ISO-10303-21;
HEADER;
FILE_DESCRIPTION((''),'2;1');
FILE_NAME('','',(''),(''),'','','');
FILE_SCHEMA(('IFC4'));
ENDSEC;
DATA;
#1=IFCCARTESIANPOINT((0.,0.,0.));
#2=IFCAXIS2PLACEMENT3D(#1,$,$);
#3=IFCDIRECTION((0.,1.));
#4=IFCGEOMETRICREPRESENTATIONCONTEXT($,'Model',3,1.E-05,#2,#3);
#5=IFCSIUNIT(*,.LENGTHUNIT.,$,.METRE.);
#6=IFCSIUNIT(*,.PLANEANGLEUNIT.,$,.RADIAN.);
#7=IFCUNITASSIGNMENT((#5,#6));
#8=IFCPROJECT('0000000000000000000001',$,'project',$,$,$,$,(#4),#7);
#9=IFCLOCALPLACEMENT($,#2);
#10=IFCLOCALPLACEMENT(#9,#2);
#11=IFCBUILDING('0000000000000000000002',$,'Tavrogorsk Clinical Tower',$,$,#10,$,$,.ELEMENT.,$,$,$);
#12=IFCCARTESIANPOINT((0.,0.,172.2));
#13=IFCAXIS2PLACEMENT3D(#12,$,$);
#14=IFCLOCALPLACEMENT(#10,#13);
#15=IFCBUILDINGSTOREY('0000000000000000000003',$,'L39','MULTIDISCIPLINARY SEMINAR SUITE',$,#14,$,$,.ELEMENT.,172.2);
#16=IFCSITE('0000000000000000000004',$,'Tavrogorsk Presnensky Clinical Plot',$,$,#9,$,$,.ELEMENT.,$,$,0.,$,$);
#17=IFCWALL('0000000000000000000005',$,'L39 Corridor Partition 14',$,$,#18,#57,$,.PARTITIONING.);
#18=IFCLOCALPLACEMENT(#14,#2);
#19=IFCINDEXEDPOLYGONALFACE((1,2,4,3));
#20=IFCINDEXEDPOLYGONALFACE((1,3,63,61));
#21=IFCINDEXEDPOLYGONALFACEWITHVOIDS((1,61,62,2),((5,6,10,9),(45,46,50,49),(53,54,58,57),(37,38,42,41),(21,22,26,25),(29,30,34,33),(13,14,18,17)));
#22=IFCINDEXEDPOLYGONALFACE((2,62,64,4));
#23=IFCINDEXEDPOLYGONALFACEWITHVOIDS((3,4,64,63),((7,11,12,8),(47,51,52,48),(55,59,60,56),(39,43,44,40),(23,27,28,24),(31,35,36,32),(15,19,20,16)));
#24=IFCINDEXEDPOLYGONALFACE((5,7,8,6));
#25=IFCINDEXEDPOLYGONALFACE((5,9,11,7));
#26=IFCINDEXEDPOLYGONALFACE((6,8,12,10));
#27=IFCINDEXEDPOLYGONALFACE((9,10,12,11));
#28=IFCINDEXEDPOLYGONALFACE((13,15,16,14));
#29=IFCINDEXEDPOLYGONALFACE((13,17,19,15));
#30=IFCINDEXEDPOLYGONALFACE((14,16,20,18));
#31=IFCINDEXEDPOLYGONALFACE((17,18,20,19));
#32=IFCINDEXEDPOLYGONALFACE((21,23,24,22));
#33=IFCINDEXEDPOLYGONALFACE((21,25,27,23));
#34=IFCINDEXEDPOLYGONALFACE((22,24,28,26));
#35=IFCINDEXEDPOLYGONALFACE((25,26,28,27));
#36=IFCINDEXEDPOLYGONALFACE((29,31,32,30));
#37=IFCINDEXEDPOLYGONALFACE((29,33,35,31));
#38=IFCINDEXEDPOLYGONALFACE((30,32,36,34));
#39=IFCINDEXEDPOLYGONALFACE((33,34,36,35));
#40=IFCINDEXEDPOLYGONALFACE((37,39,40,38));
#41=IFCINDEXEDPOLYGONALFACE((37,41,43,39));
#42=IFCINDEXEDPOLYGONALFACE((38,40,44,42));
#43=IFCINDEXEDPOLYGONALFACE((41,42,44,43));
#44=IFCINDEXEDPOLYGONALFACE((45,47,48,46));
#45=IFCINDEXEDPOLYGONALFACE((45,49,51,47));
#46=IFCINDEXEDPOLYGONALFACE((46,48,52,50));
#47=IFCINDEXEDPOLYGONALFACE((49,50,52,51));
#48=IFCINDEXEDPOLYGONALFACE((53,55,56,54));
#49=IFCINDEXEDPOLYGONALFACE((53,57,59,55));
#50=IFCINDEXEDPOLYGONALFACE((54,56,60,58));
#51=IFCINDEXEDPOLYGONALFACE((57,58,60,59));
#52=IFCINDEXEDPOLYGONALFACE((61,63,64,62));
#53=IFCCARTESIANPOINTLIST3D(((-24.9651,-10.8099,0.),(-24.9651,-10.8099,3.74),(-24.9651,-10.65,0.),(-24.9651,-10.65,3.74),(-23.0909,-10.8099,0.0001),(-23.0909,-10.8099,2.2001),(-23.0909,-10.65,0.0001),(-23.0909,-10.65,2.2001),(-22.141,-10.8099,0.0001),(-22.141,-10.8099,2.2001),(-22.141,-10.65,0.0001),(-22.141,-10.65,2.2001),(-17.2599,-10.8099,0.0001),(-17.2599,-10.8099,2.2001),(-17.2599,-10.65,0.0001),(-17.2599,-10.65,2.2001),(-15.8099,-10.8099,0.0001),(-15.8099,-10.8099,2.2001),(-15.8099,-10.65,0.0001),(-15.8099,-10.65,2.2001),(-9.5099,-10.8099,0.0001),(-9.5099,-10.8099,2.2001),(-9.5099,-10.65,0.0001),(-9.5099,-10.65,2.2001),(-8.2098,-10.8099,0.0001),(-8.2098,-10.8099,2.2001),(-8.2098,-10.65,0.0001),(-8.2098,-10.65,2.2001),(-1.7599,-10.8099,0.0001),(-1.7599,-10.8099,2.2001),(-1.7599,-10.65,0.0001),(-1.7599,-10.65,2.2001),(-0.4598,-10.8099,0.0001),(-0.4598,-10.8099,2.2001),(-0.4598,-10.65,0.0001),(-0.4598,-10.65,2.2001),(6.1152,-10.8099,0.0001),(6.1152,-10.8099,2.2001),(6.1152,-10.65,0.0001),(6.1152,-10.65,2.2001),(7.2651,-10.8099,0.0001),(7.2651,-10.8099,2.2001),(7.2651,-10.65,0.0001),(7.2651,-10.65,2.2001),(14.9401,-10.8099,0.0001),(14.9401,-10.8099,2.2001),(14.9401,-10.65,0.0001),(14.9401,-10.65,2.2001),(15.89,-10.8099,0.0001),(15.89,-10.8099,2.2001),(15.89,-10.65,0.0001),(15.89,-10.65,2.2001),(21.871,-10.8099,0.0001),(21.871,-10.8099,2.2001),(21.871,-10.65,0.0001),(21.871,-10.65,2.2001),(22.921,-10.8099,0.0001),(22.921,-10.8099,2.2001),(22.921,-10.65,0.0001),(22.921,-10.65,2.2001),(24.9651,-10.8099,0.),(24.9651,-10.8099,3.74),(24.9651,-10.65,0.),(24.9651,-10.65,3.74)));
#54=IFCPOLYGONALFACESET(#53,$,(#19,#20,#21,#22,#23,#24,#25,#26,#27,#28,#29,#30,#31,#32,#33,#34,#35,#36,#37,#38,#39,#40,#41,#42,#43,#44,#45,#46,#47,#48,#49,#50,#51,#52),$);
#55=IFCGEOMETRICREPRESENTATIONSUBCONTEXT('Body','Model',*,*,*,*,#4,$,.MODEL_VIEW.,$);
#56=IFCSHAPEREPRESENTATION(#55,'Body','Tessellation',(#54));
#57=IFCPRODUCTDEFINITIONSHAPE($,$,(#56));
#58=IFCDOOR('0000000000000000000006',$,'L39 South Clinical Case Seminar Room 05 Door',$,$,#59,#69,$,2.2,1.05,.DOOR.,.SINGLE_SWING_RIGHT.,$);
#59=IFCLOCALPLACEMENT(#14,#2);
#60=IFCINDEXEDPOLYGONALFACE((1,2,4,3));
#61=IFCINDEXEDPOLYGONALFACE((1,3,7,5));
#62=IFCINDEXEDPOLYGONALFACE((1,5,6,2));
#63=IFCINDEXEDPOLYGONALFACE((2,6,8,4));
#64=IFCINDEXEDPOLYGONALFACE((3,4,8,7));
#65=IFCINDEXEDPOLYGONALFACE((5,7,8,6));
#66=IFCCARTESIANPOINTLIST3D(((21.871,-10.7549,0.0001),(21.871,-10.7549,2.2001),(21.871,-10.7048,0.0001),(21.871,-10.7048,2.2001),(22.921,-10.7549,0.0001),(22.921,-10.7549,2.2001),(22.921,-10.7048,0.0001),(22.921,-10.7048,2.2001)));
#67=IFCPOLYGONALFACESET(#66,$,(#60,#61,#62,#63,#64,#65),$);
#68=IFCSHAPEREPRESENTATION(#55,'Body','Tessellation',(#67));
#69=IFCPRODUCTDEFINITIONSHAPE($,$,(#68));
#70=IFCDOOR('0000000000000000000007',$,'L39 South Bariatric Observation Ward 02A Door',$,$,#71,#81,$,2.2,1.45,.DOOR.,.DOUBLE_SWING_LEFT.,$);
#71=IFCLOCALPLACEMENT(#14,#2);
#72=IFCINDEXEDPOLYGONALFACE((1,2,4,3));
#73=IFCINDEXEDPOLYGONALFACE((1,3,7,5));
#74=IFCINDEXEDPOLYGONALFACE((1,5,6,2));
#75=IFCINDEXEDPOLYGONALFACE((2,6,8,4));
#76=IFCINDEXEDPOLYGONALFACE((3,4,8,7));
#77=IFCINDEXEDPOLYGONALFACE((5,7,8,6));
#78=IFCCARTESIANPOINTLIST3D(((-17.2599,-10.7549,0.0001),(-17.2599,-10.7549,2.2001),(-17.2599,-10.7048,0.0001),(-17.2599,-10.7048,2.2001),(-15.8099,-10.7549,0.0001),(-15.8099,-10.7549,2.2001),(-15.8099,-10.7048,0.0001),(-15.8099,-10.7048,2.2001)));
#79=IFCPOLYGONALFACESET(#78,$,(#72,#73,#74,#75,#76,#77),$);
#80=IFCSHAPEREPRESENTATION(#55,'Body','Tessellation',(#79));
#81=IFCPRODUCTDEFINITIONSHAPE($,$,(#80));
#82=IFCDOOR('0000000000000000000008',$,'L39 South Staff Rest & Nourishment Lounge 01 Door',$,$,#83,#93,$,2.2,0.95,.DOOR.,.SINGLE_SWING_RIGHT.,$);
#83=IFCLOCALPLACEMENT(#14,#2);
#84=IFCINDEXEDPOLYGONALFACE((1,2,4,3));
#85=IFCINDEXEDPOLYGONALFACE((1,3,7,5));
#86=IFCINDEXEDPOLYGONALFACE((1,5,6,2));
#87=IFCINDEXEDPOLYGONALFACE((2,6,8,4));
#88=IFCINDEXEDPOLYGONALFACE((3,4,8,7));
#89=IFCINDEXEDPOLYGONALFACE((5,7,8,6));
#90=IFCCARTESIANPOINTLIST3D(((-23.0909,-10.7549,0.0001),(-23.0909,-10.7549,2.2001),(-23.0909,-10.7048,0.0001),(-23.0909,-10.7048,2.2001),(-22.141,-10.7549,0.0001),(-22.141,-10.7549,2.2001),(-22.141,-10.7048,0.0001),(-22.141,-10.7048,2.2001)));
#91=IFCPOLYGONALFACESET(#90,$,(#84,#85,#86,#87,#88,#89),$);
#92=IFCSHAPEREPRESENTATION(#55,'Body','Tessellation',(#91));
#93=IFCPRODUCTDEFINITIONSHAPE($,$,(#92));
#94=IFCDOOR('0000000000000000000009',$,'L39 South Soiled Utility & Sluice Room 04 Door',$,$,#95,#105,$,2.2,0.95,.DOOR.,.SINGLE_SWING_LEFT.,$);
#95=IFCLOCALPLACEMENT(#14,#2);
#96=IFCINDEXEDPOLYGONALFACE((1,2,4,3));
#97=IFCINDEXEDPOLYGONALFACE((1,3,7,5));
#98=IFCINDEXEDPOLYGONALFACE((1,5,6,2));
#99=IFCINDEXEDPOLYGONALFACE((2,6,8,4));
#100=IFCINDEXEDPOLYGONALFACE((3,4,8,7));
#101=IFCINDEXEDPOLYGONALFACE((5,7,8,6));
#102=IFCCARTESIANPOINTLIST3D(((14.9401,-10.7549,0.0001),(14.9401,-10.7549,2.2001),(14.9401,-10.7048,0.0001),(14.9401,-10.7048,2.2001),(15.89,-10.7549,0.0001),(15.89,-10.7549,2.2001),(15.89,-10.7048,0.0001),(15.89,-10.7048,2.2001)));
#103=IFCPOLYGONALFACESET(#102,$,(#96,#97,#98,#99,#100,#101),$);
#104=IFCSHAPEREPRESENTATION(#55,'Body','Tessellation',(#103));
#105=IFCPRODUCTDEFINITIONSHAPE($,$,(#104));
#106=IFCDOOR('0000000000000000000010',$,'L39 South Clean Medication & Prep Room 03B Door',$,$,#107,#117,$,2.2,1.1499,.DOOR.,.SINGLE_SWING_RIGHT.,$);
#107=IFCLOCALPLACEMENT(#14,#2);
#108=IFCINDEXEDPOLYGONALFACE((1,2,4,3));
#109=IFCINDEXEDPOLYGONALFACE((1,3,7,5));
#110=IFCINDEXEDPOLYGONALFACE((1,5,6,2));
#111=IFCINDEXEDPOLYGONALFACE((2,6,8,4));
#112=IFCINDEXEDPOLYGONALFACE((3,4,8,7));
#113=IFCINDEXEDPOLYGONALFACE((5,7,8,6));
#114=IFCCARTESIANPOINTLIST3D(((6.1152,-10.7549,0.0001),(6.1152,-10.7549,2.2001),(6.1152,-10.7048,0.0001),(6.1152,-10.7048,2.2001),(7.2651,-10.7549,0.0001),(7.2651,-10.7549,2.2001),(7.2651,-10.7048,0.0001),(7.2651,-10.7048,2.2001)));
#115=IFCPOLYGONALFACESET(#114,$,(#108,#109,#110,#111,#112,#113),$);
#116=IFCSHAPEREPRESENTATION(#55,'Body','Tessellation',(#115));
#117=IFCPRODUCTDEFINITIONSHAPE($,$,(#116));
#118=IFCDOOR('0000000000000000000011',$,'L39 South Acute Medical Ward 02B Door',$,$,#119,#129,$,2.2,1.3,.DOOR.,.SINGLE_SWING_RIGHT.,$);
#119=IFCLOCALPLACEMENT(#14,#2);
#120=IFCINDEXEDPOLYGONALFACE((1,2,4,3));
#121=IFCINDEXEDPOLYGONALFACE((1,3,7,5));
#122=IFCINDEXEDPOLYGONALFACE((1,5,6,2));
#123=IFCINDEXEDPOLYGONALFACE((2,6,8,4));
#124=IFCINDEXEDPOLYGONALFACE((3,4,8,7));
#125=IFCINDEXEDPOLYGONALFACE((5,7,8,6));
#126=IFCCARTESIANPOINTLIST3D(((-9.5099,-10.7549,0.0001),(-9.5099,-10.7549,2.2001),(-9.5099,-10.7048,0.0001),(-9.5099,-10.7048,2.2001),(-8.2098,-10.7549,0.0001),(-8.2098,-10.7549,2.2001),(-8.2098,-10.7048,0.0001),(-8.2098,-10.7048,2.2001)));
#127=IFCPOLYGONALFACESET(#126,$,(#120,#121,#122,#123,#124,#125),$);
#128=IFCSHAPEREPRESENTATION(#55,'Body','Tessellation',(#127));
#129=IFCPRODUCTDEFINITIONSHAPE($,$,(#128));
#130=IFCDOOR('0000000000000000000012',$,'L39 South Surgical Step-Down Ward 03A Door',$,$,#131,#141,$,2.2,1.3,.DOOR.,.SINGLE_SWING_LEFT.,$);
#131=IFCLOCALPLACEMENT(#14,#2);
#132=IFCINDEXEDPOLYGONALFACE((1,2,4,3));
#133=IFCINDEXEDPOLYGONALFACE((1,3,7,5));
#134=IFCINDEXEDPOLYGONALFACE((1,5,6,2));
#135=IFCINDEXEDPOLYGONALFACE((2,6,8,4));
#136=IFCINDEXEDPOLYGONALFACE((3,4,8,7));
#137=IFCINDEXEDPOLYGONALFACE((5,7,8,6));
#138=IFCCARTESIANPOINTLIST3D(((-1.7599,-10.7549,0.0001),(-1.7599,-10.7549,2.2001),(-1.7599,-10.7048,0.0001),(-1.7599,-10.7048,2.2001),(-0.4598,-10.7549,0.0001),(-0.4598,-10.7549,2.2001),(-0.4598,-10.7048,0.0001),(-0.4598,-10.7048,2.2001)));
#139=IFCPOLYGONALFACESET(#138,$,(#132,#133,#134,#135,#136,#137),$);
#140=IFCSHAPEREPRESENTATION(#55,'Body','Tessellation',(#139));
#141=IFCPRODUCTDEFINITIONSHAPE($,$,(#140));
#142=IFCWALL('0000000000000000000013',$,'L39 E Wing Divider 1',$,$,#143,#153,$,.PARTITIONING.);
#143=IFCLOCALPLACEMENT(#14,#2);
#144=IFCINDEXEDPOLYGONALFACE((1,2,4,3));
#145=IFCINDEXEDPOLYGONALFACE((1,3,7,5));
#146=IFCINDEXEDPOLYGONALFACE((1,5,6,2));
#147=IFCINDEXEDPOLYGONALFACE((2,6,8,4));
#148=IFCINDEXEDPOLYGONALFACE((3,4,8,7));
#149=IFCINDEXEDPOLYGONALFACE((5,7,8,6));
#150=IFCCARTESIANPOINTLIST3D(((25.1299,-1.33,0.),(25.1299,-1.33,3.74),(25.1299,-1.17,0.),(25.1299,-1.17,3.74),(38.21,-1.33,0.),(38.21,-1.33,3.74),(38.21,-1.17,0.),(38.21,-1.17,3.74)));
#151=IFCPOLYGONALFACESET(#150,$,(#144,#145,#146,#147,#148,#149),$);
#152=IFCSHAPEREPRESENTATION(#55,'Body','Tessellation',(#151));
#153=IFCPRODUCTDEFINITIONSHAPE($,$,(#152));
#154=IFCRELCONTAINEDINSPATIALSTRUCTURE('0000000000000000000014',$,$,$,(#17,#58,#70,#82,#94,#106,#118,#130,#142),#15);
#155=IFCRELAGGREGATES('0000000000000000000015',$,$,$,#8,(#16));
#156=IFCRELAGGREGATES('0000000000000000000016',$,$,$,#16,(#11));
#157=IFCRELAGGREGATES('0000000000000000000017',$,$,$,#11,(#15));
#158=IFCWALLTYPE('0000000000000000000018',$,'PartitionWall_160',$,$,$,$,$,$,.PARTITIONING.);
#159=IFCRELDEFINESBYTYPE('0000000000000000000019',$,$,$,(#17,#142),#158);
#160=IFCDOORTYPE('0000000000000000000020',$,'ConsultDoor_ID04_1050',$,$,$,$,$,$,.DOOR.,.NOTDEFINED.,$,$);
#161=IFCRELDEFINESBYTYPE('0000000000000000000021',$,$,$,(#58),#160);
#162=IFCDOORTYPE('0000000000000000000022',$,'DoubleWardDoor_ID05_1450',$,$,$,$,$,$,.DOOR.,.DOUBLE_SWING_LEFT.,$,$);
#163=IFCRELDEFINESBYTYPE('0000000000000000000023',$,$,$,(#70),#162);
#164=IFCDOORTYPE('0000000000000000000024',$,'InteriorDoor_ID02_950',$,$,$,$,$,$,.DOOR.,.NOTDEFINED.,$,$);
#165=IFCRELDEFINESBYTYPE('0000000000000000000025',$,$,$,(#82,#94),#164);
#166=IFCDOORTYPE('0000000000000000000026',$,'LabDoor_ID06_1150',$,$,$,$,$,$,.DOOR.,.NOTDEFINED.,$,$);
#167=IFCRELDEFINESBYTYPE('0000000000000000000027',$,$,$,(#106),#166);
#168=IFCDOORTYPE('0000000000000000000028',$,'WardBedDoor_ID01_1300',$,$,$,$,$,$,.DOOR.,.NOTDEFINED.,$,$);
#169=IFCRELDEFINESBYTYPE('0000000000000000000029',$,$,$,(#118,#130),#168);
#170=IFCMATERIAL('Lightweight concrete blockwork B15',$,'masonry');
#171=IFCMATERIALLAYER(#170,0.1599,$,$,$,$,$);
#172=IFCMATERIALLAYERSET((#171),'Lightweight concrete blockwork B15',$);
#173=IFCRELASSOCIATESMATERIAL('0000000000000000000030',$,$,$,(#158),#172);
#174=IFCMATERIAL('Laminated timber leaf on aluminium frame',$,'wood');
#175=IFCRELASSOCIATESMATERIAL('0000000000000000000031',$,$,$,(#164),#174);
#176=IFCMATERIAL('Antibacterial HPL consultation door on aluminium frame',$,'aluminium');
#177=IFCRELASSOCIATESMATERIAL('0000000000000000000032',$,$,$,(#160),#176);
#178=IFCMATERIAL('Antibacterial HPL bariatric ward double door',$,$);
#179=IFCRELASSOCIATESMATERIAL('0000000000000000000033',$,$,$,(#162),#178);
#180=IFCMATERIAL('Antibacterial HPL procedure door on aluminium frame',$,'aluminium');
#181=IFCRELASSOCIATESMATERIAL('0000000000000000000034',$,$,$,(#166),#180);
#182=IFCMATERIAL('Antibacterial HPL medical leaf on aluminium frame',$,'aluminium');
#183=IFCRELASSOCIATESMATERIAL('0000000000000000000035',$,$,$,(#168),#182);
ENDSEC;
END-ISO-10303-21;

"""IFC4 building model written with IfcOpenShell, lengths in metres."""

from ifc_helpers import new_model, si_unit, direction, frame, frame_2d, origin, place, context, subcontext, project, spatial, rectangle, extrude, material, layer, layer_set, type_object, element, fill, save


model = new_model("IFC4")

# Units and contexts
model_context = context("Model", 3, precision=1e-05, world=origin(), true_north=direction((0.0, 1.0)))
body_context = subcontext(model_context, "Body", "Model", "MODEL_VIEW")
ifc_project = project(units=[si_unit("LENGTHUNIT", "METRE"), si_unit("PLANEANGLEUNIT", "RADIAN")], contexts=[model_context])

# Site, building, storey
site_placement = place(None, origin())
site = spatial("IfcSite", under=ifc_project, at=site_placement, Name="Tavrogorsk Presnensky Clinical Plot", CompositionType="ELEMENT", RefElevation=0.0)
building_placement = place(site_placement, origin())
building = spatial("IfcBuilding", under=site, at=building_placement, Name="Tavrogorsk Clinical Tower", CompositionType="ELEMENT")
storey_placement = place(building_placement, frame((0.0, 0.0, 172.2)))
storey = spatial("IfcBuildingStorey", under=building, at=storey_placement, Name="L39", Description="MULTIDISCIPLINARY SEMINAR SUITE", CompositionType="ELEMENT", Elevation=172.2)

# Shared definitions
ifc_material_1 = material(Name="Lightweight concrete blockwork B15", Category="masonry")
ifc_layer = layer(ifc_material_1, 0.1599)
ifc_layer_set = layer_set([ifc_layer], Name="Lightweight concrete blockwork B15")
wall_type = type_object("IfcWallType", Name="PartitionWall_160", PredefinedType="PARTITIONING", material=ifc_layer_set)
ifc_material_2 = material(Name="Laminated timber leaf on aluminium frame", Category="wood")
door_type_1 = type_object("IfcDoorType", Name="InteriorDoor_ID02_950", OperationType="NOTDEFINED", PredefinedType="DOOR", material=ifc_material_2)

# Wall, openings, doors
wall_1_placement = place(storey_placement, frame((24.9651, -10.73, 0.0), z_axis=(0.0, 0.0, 1.0), x_axis=(-1.0, 0.0, 0.0)))
wall_1 = element("IfcWall", 1, at=wall_1_placement, inside=storey, type_object=wall_type, Name="L39 Corridor Partition 14", PredefinedType="PARTITIONING", context=body_context, shape_type="SweptSolid", body=[
    extrude(rectangle(XDim=49.9302, YDim=0.1599, at=frame_2d((24.9651, 0.0))), origin(), (0.0, 0.0, 1.0), 3.74),
])
opening_1_placement = place(wall_1_placement, frame((47.106, 0.0, 0.0)))
opening_1 = element("IfcOpeningElement", 2, at=opening_1_placement, cuts=wall_1, PredefinedType="OPENING", context=body_context, shape_type="SweptSolid", body=[
    extrude(rectangle(XDim=0.95, YDim=2.2, at=frame_2d((0.4751, 1.1001))), frame((0.0, 0.0898, 0.0), z_axis=(0.0, -1.0, 0.0), x_axis=(1.0, 0.0, 0.0)), (0.0, 0.0, 1.0), 0.1799),
])
opening_2_placement = place(wall_1_placement, frame((40.7749, 0.0, 0.0)))
opening_2 = element("IfcOpeningElement", 3, at=opening_2_placement, cuts=wall_1, PredefinedType="OPENING", context=body_context, shape_type="SweptSolid", body=[
    extrude(rectangle(XDim=1.45, YDim=2.2, at=frame_2d((0.7251, 1.1001))), frame((0.0, 0.0898, 0.0), z_axis=(0.0, -1.0, 0.0), x_axis=(1.0, 0.0, 0.0)), (0.0, 0.0, 1.0), 0.1799),
])
opening_3_placement = place(wall_1_placement, frame((33.175, 0.0, 0.0)))
opening_3 = element("IfcOpeningElement", 4, at=opening_3_placement, cuts=wall_1, PredefinedType="OPENING", context=body_context, shape_type="SweptSolid", body=[
    extrude(rectangle(XDim=1.3, YDim=2.2, at=frame_2d((0.6499, 1.1001))), frame((0.0, 0.0898, 0.0), z_axis=(0.0, -1.0, 0.0), x_axis=(1.0, 0.0, 0.0)), (0.0, 0.0, 1.0), 0.1799),
])
opening_4_placement = place(wall_1_placement, frame((25.425, 0.0, 0.0)))
opening_4 = element("IfcOpeningElement", 5, at=opening_4_placement, cuts=wall_1, PredefinedType="OPENING", context=body_context, shape_type="SweptSolid", body=[
    extrude(rectangle(XDim=1.3, YDim=2.2, at=frame_2d((0.6499, 1.1001))), frame((0.0, 0.0898, 0.0), z_axis=(0.0, -1.0, 0.0), x_axis=(1.0, 0.0, 0.0)), (0.0, 0.0, 1.0), 0.1799),
])
opening_5_placement = place(wall_1_placement, frame((17.7, 0.0, 0.0)))
opening_5 = element("IfcOpeningElement", 6, at=opening_5_placement, cuts=wall_1, PredefinedType="OPENING", context=body_context, shape_type="SweptSolid", body=[
    extrude(rectangle(XDim=1.1499, YDim=2.2, at=frame_2d((0.575, 1.1001))), frame((0.0, 0.0898, 0.0), z_axis=(0.0, -1.0, 0.0), x_axis=(1.0, 0.0, 0.0)), (0.0, 0.0, 1.0), 0.1799),
])
opening_6_placement = place(wall_1_placement, frame((9.075, 0.0, 0.0)))
opening_6 = element("IfcOpeningElement", 7, at=opening_6_placement, cuts=wall_1, PredefinedType="OPENING", context=body_context, shape_type="SweptSolid", body=[
    extrude(rectangle(XDim=0.95, YDim=2.2, at=frame_2d((0.4751, 1.1001))), frame((0.0, 0.0898, 0.0), z_axis=(0.0, -1.0, 0.0), x_axis=(1.0, 0.0, 0.0)), (0.0, 0.0, 1.0), 0.1799),
])
opening_7_placement = place(wall_1_placement, frame((2.0442, 0.0, 0.0)))
opening_7 = element("IfcOpeningElement", 8, at=opening_7_placement, cuts=wall_1, PredefinedType="OPENING", context=body_context, shape_type="SweptSolid", body=[
    extrude(rectangle(XDim=1.05, YDim=2.2, at=frame_2d((0.5249, 1.1001))), frame((0.0, 0.0898, 0.0), z_axis=(0.0, -1.0, 0.0), x_axis=(1.0, 0.0, 0.0)), (0.0, 0.0, 1.0), 0.1799),
])
ifc_material_3 = material(Name="Antibacterial HPL consultation door on aluminium frame", Category="aluminium")
door_type_2 = type_object("IfcDoorType", Name="ConsultDoor_ID04_1050", OperationType="NOTDEFINED", PredefinedType="DOOR", material=ifc_material_3)
door_1_placement = place(opening_7_placement, origin())
door_1 = element("IfcDoor", 9, at=door_1_placement, inside=storey, type_object=door_type_2, Name="L39 South Clinical Case Seminar Room 05 Door", OperationType="SINGLE_SWING_RIGHT", OverallHeight=2.2, OverallWidth=1.05, PredefinedType="DOOR", context=body_context, shape_type="SweptSolid", body=[
    extrude(rectangle(XDim=1.05, YDim=2.2, at=frame_2d((0.5249, 1.1001))), frame((0.0, 0.0249, 0.0), z_axis=(0.0, -1.0, 0.0), x_axis=(1.0, 0.0, 0.0)), (0.0, 0.0, 1.0), 0.05),
])
fill(opening_7, door_1)
ifc_material_4 = material(Name="Antibacterial HPL bariatric ward double door")
door_type_3 = type_object("IfcDoorType", Name="DoubleWardDoor_ID05_1450", OperationType="DOUBLE_SWING_LEFT", PredefinedType="DOOR", material=ifc_material_4)
door_2_placement = place(opening_2_placement, origin())
door_2 = element("IfcDoor", 10, at=door_2_placement, inside=storey, type_object=door_type_3, Name="L39 South Bariatric Observation Ward 02A Door", OperationType="DOUBLE_SWING_LEFT", OverallHeight=2.2, OverallWidth=1.45, PredefinedType="DOOR", context=body_context, shape_type="SweptSolid", body=[
    extrude(rectangle(XDim=1.45, YDim=2.2, at=frame_2d((0.7251, 1.1001))), frame((0.0, 0.0249, 0.0), z_axis=(0.0, -1.0, 0.0), x_axis=(1.0, 0.0, 0.0)), (0.0, 0.0, 1.0), 0.05),
])
fill(opening_2, door_2)
door_3_placement = place(opening_1_placement, origin())
door_3 = element("IfcDoor", 11, at=door_3_placement, inside=storey, type_object=door_type_1, Name="L39 South Staff Rest & Nourishment Lounge 01 Door", OperationType="SINGLE_SWING_RIGHT", OverallHeight=2.2, OverallWidth=0.95, PredefinedType="DOOR", context=body_context, shape_type="SweptSolid", body=[
    extrude(rectangle(XDim=0.95, YDim=2.2, at=frame_2d((0.4751, 1.1001))), frame((0.0, 0.0249, 0.0), z_axis=(0.0, -1.0, 0.0), x_axis=(1.0, 0.0, 0.0)), (0.0, 0.0, 1.0), 0.05),
])
fill(opening_1, door_3)
door_4_placement = place(opening_6_placement, origin())
door_4 = element("IfcDoor", 12, at=door_4_placement, inside=storey, type_object=door_type_1, Name="L39 South Soiled Utility & Sluice Room 04 Door", OperationType="SINGLE_SWING_LEFT", OverallHeight=2.2, OverallWidth=0.95, PredefinedType="DOOR", context=body_context, shape_type="SweptSolid", body=[
    extrude(rectangle(XDim=0.95, YDim=2.2, at=frame_2d((0.4751, 1.1001))), frame((0.0, 0.0249, 0.0), z_axis=(0.0, -1.0, 0.0), x_axis=(1.0, 0.0, 0.0)), (0.0, 0.0, 1.0), 0.05),
])
fill(opening_6, door_4)
ifc_material_5 = material(Name="Antibacterial HPL procedure door on aluminium frame", Category="aluminium")
door_type_4 = type_object("IfcDoorType", Name="LabDoor_ID06_1150", OperationType="NOTDEFINED", PredefinedType="DOOR", material=ifc_material_5)
door_5_placement = place(opening_5_placement, origin())
door_5 = element("IfcDoor", 13, at=door_5_placement, inside=storey, type_object=door_type_4, Name="L39 South Clean Medication & Prep Room 03B Door", OperationType="SINGLE_SWING_RIGHT", OverallHeight=2.2, OverallWidth=1.1499, PredefinedType="DOOR", context=body_context, shape_type="SweptSolid", body=[
    extrude(rectangle(XDim=1.1499, YDim=2.2, at=frame_2d((0.575, 1.1001))), frame((0.0, 0.0249, 0.0), z_axis=(0.0, -1.0, 0.0), x_axis=(1.0, 0.0, 0.0)), (0.0, 0.0, 1.0), 0.05),
])
fill(opening_5, door_5)
ifc_material_6 = material(Name="Antibacterial HPL medical leaf on aluminium frame", Category="aluminium")
door_type_5 = type_object("IfcDoorType", Name="WardBedDoor_ID01_1300", OperationType="NOTDEFINED", PredefinedType="DOOR", material=ifc_material_6)
door_6_placement = place(opening_3_placement, origin())
door_6 = element("IfcDoor", 14, at=door_6_placement, inside=storey, type_object=door_type_5, Name="L39 South Acute Medical Ward 02B Door", OperationType="SINGLE_SWING_RIGHT", OverallHeight=2.2, OverallWidth=1.3, PredefinedType="DOOR", context=body_context, shape_type="SweptSolid", body=[
    extrude(rectangle(XDim=1.3, YDim=2.2, at=frame_2d((0.6499, 1.1001))), frame((0.0, 0.0249, 0.0), z_axis=(0.0, -1.0, 0.0), x_axis=(1.0, 0.0, 0.0)), (0.0, 0.0, 1.0), 0.05),
])
fill(opening_3, door_6)
door_7_placement = place(opening_4_placement, origin())
door_7 = element("IfcDoor", 15, at=door_7_placement, inside=storey, type_object=door_type_5, Name="L39 South Surgical Step-Down Ward 03A Door", OperationType="SINGLE_SWING_LEFT", OverallHeight=2.2, OverallWidth=1.3, PredefinedType="DOOR", context=body_context, shape_type="SweptSolid", body=[
    extrude(rectangle(XDim=1.3, YDim=2.2, at=frame_2d((0.6499, 1.1001))), frame((0.0, 0.0249, 0.0), z_axis=(0.0, -1.0, 0.0), x_axis=(1.0, 0.0, 0.0)), (0.0, 0.0, 1.0), 0.05),
])
fill(opening_4, door_7)

# Wall
wall_2_placement = place(storey_placement, frame((25.1299, -1.25, 0.0), z_axis=(0.0, 0.0, 1.0), x_axis=(1.0, 0.0, 0.0)))
element("IfcWall", 16, at=wall_2_placement, inside=storey, type_object=wall_type, Name="L39 E Wing Divider 1", PredefinedType="PARTITIONING", context=body_context, shape_type="SweptSolid", body=[
    extrude(rectangle(XDim=13.0801, YDim=0.1599, at=frame_2d((6.54, 0.0))), origin(), (0.0, 0.0, 1.0), 3.74),
])

save(model, "model.ifc")
